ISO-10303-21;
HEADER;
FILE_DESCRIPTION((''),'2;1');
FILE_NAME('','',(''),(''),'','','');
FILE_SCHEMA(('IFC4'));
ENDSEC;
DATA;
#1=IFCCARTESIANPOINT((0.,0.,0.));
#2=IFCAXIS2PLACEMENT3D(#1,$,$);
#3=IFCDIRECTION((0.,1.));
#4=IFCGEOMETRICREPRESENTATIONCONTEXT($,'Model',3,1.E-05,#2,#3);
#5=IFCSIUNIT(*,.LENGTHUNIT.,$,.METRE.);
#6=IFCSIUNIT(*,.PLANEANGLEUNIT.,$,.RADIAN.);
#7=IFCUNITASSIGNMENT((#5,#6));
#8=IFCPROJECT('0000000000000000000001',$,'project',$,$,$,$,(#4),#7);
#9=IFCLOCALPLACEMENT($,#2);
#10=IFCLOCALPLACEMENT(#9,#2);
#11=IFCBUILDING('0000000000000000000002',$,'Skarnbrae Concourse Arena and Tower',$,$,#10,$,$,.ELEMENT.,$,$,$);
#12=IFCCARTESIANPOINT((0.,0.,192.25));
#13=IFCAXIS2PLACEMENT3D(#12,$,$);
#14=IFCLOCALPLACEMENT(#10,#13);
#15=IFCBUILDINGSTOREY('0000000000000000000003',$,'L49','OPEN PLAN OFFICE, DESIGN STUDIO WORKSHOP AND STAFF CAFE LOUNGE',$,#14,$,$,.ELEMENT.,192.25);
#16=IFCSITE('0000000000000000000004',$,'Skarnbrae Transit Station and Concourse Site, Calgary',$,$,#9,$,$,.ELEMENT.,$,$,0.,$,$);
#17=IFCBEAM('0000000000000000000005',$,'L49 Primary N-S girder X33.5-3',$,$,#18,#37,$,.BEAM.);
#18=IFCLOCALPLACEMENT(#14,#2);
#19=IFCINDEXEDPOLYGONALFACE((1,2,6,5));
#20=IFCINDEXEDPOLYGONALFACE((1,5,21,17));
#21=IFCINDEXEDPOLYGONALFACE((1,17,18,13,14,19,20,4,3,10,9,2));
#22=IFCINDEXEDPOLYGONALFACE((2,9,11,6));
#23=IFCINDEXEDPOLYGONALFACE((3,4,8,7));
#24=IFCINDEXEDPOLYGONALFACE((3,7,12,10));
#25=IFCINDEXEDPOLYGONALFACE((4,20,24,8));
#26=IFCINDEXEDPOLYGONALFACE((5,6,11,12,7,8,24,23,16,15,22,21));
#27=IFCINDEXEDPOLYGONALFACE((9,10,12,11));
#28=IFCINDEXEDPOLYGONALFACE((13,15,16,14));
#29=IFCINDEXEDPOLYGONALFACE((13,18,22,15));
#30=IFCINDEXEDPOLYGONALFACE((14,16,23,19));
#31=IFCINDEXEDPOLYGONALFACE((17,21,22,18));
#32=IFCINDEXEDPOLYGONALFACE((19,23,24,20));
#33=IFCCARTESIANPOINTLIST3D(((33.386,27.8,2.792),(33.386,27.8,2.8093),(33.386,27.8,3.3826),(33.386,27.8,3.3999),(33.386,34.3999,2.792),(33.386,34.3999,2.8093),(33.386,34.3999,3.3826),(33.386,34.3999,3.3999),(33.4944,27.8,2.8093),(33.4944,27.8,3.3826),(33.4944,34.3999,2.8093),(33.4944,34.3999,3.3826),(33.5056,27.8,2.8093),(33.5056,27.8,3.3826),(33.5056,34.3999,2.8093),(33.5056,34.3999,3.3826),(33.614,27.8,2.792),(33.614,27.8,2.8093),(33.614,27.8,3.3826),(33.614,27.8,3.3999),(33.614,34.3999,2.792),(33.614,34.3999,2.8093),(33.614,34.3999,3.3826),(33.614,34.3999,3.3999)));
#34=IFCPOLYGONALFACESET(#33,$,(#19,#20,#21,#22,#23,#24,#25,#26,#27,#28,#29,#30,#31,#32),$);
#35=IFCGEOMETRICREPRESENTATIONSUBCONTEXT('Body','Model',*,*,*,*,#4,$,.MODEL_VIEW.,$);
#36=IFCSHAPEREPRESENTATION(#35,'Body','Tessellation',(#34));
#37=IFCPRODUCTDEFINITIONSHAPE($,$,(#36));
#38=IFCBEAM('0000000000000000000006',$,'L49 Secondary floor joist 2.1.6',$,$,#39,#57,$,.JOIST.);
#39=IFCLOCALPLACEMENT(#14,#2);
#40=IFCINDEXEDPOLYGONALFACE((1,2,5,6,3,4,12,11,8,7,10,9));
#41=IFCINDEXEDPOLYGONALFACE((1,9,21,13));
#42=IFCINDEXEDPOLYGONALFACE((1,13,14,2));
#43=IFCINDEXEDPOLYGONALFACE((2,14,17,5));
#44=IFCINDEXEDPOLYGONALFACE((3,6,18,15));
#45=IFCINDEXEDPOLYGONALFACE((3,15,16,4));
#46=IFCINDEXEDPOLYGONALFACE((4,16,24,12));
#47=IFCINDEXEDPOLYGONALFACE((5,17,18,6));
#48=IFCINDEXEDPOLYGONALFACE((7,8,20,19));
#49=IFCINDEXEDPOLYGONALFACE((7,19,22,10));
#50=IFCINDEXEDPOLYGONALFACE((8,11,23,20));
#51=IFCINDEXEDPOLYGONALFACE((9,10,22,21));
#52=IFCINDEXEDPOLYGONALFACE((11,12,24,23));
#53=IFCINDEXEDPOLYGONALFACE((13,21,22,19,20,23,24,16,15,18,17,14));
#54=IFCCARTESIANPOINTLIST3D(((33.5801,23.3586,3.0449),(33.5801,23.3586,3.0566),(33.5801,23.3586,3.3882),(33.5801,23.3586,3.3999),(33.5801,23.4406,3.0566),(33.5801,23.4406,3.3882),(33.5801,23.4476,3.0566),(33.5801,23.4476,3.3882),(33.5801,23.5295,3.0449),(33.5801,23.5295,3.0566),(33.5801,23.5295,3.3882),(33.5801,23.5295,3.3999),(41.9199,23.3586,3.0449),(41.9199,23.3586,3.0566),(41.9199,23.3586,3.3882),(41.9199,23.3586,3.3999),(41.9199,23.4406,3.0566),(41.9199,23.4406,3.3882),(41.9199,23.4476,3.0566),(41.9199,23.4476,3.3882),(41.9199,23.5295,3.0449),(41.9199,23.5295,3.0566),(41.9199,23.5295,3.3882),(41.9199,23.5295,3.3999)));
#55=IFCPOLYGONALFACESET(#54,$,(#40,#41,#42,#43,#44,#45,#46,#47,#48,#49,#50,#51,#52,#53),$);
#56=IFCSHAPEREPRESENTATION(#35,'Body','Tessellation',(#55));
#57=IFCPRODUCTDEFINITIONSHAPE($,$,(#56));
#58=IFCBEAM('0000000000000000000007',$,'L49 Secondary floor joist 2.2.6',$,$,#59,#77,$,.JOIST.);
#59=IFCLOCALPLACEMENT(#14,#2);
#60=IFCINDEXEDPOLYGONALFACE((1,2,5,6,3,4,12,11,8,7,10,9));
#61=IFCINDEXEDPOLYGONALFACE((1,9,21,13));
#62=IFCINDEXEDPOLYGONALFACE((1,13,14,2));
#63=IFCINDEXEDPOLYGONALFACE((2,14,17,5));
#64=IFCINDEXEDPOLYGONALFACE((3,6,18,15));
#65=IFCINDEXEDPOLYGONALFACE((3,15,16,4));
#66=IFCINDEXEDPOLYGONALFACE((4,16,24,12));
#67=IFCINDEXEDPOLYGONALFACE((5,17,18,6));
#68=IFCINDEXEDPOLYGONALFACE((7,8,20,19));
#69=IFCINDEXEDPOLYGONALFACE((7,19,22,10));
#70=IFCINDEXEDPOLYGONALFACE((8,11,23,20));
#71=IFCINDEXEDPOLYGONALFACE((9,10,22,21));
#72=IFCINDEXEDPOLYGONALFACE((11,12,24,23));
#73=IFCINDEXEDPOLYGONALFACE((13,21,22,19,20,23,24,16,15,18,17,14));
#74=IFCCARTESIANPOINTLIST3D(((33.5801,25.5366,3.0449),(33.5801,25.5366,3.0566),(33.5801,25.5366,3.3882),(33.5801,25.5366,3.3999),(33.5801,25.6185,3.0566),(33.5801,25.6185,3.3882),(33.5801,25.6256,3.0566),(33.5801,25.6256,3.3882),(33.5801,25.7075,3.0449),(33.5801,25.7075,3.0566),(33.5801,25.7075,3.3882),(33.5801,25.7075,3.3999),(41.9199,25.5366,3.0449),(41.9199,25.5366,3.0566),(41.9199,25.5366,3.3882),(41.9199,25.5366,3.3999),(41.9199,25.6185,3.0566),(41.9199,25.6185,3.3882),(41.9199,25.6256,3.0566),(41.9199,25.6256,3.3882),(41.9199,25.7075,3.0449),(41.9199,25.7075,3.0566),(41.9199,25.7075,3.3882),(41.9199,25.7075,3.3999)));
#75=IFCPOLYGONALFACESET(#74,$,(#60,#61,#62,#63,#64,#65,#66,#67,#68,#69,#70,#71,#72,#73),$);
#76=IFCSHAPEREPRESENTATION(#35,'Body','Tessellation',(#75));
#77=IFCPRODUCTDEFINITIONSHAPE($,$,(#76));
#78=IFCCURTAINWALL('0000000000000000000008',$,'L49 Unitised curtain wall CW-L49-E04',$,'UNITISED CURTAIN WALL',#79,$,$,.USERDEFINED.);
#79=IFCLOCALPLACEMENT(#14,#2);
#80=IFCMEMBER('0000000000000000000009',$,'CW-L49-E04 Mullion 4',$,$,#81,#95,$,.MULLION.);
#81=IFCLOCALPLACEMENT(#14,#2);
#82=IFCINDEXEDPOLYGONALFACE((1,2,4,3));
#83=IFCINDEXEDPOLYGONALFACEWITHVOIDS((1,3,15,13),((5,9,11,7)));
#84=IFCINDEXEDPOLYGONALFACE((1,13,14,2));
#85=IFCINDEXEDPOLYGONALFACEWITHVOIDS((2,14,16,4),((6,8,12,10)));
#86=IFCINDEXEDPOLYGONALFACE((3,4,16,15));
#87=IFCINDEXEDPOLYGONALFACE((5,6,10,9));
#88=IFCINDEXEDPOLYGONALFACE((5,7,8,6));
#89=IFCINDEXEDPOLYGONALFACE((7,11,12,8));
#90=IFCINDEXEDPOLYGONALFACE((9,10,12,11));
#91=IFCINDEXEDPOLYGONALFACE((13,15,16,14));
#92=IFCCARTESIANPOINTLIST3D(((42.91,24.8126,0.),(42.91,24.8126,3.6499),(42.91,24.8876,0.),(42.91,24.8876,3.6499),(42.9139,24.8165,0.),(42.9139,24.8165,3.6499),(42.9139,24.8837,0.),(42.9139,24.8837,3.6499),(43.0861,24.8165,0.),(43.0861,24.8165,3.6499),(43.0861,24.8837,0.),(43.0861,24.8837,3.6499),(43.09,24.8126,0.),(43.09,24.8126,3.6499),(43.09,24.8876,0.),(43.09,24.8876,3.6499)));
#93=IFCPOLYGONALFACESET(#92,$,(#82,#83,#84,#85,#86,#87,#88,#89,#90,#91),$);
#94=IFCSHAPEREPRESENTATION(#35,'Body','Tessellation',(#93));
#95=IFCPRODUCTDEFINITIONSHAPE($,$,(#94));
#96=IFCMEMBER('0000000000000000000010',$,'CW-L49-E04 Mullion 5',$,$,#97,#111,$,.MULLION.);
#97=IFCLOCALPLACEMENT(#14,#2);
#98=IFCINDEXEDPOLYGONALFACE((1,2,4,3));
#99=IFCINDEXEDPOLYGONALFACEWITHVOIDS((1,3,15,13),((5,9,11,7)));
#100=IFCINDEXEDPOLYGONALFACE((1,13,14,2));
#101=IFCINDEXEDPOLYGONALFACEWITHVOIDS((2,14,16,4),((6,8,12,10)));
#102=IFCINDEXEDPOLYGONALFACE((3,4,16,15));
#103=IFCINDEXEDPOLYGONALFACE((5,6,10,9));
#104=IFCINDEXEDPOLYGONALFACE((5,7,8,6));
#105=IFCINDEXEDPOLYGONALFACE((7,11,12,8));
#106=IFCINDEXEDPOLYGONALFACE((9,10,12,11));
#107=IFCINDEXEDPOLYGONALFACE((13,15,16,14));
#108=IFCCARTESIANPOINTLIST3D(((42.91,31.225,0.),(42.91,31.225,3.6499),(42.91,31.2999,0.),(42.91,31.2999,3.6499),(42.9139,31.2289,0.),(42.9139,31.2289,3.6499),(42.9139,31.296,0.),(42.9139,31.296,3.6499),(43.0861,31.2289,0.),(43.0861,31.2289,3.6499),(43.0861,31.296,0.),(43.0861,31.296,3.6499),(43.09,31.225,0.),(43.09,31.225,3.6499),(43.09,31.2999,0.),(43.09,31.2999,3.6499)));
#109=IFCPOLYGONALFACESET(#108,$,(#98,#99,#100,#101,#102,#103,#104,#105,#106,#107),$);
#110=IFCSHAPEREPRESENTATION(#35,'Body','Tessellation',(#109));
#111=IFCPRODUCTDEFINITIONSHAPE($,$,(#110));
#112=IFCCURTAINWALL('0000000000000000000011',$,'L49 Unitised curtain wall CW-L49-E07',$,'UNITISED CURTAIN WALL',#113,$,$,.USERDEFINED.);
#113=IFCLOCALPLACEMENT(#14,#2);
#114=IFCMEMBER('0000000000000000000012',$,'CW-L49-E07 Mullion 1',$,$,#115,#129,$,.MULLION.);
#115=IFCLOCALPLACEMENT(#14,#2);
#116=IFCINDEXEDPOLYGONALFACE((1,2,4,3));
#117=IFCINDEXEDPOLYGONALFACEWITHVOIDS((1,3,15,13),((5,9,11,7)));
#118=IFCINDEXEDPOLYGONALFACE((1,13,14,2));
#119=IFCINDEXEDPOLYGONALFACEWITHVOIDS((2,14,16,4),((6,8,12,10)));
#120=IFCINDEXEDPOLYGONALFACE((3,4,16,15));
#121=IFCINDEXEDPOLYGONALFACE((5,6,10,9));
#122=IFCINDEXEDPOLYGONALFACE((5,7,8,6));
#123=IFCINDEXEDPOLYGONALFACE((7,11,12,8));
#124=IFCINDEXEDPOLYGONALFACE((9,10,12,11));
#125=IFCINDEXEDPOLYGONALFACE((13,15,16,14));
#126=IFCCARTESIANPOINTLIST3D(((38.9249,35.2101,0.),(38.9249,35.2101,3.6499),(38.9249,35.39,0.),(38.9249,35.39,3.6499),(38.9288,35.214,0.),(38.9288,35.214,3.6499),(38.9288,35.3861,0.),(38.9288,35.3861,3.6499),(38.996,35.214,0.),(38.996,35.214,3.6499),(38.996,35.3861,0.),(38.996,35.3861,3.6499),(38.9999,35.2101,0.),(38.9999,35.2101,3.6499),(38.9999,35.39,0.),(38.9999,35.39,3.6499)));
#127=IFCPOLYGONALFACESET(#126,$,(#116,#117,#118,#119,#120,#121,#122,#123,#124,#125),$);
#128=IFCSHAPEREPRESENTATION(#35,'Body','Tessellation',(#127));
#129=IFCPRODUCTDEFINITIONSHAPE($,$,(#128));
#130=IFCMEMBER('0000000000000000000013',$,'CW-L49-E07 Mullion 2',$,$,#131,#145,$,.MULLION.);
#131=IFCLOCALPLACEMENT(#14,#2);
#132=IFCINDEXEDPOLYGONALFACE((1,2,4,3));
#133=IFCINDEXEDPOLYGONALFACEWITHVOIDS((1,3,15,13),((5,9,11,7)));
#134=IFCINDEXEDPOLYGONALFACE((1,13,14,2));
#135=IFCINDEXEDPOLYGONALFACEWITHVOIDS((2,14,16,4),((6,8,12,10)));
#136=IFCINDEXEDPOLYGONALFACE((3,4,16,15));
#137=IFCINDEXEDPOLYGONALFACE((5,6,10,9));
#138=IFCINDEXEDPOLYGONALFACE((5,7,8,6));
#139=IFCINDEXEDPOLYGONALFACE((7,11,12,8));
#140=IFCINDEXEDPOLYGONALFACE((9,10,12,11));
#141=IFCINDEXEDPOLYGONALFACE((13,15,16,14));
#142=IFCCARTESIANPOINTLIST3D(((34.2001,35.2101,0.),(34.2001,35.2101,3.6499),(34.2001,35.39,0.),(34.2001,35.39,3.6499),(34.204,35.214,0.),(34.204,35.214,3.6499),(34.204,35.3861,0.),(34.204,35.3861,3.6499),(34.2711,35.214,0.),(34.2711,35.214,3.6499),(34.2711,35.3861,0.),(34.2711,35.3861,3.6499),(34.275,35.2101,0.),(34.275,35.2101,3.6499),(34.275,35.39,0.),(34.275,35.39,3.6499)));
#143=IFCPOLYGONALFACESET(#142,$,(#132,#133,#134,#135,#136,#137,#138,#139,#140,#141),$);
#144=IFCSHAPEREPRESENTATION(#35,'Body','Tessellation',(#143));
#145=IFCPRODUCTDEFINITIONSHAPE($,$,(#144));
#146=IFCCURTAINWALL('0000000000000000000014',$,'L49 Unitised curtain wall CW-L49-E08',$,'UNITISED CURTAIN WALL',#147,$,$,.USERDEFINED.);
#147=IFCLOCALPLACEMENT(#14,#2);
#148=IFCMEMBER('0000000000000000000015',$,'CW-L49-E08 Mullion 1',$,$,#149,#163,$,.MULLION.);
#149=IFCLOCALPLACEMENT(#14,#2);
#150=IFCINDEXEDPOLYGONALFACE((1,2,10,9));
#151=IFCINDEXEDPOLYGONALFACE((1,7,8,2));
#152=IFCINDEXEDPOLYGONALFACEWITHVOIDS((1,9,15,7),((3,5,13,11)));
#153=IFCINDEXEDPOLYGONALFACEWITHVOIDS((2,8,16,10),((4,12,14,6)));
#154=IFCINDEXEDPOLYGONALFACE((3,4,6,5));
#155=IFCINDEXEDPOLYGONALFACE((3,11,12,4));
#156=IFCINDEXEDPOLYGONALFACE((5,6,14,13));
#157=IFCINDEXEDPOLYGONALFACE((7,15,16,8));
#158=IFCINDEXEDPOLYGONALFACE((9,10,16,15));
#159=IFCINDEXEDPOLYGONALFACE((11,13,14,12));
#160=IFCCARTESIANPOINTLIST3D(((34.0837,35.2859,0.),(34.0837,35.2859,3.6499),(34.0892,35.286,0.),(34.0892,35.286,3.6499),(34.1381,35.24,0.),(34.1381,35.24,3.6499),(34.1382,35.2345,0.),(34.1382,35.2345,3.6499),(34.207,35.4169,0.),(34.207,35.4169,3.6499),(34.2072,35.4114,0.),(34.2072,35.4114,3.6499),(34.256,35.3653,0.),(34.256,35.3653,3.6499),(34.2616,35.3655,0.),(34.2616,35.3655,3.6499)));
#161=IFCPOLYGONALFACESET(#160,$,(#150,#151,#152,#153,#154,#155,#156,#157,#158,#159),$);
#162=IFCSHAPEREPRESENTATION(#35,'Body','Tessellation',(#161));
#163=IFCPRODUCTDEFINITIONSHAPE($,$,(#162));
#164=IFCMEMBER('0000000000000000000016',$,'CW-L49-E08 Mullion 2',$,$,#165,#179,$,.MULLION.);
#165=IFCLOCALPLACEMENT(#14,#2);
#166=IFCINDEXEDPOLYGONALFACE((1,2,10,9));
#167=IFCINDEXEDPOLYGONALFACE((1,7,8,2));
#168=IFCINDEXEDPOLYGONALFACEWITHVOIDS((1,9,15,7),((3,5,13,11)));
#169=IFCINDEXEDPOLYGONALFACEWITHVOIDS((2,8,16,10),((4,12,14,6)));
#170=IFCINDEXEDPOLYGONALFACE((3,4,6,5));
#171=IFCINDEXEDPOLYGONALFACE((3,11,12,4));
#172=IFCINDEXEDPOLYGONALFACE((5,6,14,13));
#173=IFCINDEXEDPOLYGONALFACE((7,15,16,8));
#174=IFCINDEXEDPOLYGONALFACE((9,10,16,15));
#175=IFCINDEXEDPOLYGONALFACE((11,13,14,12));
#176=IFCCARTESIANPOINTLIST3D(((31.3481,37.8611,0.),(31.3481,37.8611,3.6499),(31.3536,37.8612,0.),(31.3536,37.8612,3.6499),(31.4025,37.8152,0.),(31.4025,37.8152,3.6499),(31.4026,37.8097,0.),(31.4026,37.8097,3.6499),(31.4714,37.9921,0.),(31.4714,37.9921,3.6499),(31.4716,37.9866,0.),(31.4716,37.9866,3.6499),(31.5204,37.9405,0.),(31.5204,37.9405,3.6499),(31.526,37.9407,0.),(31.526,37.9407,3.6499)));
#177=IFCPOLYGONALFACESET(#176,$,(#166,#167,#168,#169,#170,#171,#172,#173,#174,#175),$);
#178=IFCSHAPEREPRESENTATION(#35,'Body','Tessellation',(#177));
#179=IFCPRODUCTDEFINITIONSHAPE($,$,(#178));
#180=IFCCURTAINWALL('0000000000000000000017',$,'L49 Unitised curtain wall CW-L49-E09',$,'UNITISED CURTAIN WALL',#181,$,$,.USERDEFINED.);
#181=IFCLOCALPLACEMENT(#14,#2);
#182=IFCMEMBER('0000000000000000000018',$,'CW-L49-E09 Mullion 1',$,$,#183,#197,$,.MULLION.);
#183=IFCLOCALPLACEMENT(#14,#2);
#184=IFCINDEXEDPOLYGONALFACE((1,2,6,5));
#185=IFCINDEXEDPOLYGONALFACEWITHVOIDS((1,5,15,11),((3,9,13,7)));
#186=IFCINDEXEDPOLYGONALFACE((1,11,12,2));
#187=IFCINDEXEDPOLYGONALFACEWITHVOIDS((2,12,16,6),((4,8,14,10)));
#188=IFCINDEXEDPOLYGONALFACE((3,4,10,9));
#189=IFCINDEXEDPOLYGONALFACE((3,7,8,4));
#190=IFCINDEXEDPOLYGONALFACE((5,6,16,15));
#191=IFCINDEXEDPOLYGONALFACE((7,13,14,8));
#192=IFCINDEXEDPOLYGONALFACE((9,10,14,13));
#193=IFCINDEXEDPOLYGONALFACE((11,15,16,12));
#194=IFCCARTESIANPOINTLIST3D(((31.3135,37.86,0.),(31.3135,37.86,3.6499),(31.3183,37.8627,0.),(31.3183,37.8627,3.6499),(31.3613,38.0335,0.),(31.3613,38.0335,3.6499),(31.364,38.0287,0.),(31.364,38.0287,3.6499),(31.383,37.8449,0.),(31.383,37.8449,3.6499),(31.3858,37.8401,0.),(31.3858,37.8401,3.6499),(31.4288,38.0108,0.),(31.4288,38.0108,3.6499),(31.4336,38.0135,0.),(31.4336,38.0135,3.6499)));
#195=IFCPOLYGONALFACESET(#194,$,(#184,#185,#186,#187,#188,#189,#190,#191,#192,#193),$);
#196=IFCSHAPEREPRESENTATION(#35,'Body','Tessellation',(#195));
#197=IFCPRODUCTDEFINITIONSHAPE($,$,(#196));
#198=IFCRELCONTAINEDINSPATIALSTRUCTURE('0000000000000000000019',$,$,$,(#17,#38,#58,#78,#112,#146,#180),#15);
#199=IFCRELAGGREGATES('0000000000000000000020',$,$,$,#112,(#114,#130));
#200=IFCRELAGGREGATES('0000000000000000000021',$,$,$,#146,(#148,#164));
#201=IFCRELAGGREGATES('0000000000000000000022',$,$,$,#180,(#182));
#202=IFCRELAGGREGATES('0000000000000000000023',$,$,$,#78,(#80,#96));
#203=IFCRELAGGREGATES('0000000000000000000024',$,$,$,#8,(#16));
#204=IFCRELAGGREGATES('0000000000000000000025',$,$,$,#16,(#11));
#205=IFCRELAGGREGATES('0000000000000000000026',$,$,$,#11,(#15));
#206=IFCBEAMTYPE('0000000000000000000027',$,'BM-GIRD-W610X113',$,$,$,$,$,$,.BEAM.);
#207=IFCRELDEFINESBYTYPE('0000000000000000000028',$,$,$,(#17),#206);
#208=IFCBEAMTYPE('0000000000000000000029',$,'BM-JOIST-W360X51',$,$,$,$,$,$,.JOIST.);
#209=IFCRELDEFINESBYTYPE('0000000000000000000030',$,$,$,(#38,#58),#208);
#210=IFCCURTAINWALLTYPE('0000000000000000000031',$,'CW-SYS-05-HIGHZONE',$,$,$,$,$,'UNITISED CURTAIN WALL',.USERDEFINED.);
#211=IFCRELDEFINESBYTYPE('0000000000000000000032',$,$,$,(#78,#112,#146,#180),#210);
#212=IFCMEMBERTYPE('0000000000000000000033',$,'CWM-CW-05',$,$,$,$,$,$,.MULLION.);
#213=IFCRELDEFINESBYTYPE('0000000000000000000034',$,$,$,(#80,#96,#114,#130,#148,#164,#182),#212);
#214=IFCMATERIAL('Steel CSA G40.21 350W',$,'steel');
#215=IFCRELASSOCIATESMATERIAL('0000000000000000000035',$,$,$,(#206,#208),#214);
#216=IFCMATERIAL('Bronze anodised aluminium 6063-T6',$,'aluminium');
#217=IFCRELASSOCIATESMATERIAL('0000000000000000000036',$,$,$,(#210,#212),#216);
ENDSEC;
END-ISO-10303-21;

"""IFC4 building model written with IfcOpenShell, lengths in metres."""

from ifc_helpers import new_model, si_unit, direction, frame, origin, origin_2d, place, context, subcontext, project, spatial, hollow_rectangle, i_section, extrude, source, transform, mapped, material, material_profile, profile_set, type_object, element, aggregate, save


model = new_model("IFC4")

# Units and contexts
model_context = context("Model", 3, precision=1e-05, world=origin(), true_north=direction((0.0, 1.0)))
body_context = subcontext(model_context, "Body", "Model", "MODEL_VIEW")
ifc_project = project(units=[si_unit("LENGTHUNIT", "METRE"), si_unit("PLANEANGLEUNIT", "RADIAN")], contexts=[model_context])

# Site, building, storey
site_placement = place(None, origin())
site = spatial("IfcSite", under=ifc_project, at=site_placement, Name="Skarnbrae Transit Station and Concourse Site, Calgary", CompositionType="ELEMENT", RefElevation=0.0)
building_placement = place(site_placement, origin())
building = spatial("IfcBuilding", under=site, at=building_placement, Name="Skarnbrae Concourse Arena and Tower", CompositionType="ELEMENT")
storey_placement = place(building_placement, frame((0.0, 0.0, 192.25)))
storey = spatial("IfcBuildingStorey", under=building, at=storey_placement, Name="L49", Description="OPEN PLAN OFFICE, DESIGN STUDIO WORKSHOP AND STAFF CAFE LOUNGE", CompositionType="ELEMENT", Elevation=192.25)

# Shared definitions
ifc_material_1 = material(Name="Steel CSA G40.21 350W", Category="steel")

# Beams
ifc_material_profile_1 = material_profile(ifc_material_1, i_section(OverallWidth=0.228, OverallDepth=0.6079, WebThickness=0.0112, FlangeThickness=0.0173, at=origin_2d()), Name="W610X113")
ifc_profile_set_1 = profile_set([ifc_material_profile_1], Name="Steel CSA G40.21 350W")
beam_type_1 = type_object("IfcBeamType", Name="BM-GIRD-W610X113", PredefinedType="BEAM", material=ifc_profile_set_1)
shared_shape_1 = source(origin(), body_context, "Body", "SweptSolid", [
    extrude(i_section(OverallWidth=0.228, OverallDepth=0.6079, WebThickness=0.0112, FlangeThickness=0.0173, at=origin_2d()), origin(), (0.0, 0.0, 1.0), 6.5999),
])
beam_1_placement = place(storey_placement, frame((33.5, 27.8, 3.0959), z_axis=(0.0, 1.0, 0.0), x_axis=(-1.0, 0.0, 0.0)))
element("IfcBeam", 1, at=beam_1_placement, inside=storey, type_object=beam_type_1, Name="L49 Primary N-S girder X33.5-3", PredefinedType="BEAM", context=body_context, shape_type="MappedRepresentation", body=[
    mapped(shared_shape_1, transform((0.0, 0.0, 0.0))),
])
ifc_material_profile_2 = material_profile(ifc_material_1, i_section(OverallWidth=0.1709, OverallDepth=0.355, WebThickness=0.0071, FlangeThickness=0.0117, at=origin_2d()), Name="W360X51")
ifc_profile_set_2 = profile_set([ifc_material_profile_2], Name="Steel CSA G40.21 350W")
beam_type_2 = type_object("IfcBeamType", Name="BM-JOIST-W360X51", PredefinedType="JOIST", material=ifc_profile_set_2)
shared_shape_2 = source(origin(), body_context, "Body", "SweptSolid", [
    extrude(i_section(OverallWidth=0.1709, OverallDepth=0.355, WebThickness=0.0071, FlangeThickness=0.0117, at=origin_2d()), origin(), (0.0, 0.0, 1.0), 8.3398),
])
for number, where, z_axis, x_axis, name in (
    (2, (33.5801, 23.4441, 3.2224), (1.0, 0.0, 0.0), (0.0, 1.0, 0.0), "L49 Secondary floor joist 2.1.6"),
    (3, (33.5801, 25.6221, 3.2224), (1.0, 0.0, 0.0), (0.0, 1.0, 0.0), "L49 Secondary floor joist 2.2.6"),
):
    element("IfcBeam", number, at=place(storey_placement, frame(where, z_axis=z_axis, x_axis=x_axis)), inside=storey, type_object=beam_type_2, Name=name, PredefinedType="JOIST", context=body_context, shape_type="MappedRepresentation", body=[
        mapped(shared_shape_2, transform((0.0, 0.0, 0.0))),
    ])

# Curtain walls, members
ifc_material_2 = material(Name="Bronze anodised aluminium 6063-T6", Category="aluminium")
curtain_wall_type = type_object("IfcCurtainWallType", Name="CW-SYS-05-HIGHZONE", ElementType="UNITISED CURTAIN WALL", PredefinedType="USERDEFINED", material=ifc_material_2)
curtain_wall_1_placement = place(storey_placement, origin())
curtain_wall_1 = element("IfcCurtainWall", 4, at=curtain_wall_1_placement, inside=storey, type_object=curtain_wall_type, Name="L49 Unitised curtain wall CW-L49-E04", ObjectType="UNITISED CURTAIN WALL", PredefinedType="USERDEFINED")
ifc_material_profile_3 = material_profile(ifc_material_2, hollow_rectangle(XDim=0.075, YDim=0.1799, WallThickness=0.0039, at=origin_2d()), Name="ALU-MULL-75X180")
ifc_profile_set_3 = profile_set([ifc_material_profile_3], Name="Bronze anodised aluminium 6063-T6")
member_type_1 = type_object("IfcMemberType", Name="CWM-CW-05", PredefinedType="MULLION", material=ifc_profile_set_3)
shared_shape_3 = source(origin(), body_context, "Body", "SweptSolid", [
    extrude(hollow_rectangle(XDim=0.075, YDim=0.1799, WallThickness=0.0039, at=origin_2d()), origin(), (0.0, 0.0, 1.0), 3.6499),
])
member_1_placement = place(storey_placement, frame((43.0, 24.8501, 0.0), z_axis=(0.0, 0.0, 1.0), x_axis=(0.0, 1.0, 0.0)))
member_1 = element("IfcMember", 5, at=member_1_placement, type_object=member_type_1, Name="CW-L49-E04 Mullion 4", PredefinedType="MULLION", context=body_context, shape_type="MappedRepresentation", body=[
    mapped(shared_shape_3, transform((0.0, 0.0, 0.0))),
])
member_2_placement = place(storey_placement, frame((43.0, 31.2625, 0.0), z_axis=(0.0, 0.0, 1.0), x_axis=(0.0, 1.0, 0.0)))
member_2 = element("IfcMember", 6, at=member_2_placement, type_object=member_type_1, Name="CW-L49-E04 Mullion 5", PredefinedType="MULLION", context=body_context, shape_type="MappedRepresentation", body=[
    mapped(shared_shape_3, transform((0.0, 0.0, 0.0))),
])
curtain_wall_2_placement = place(storey_placement, origin())
curtain_wall_2 = element("IfcCurtainWall", 7, at=curtain_wall_2_placement, inside=storey, type_object=curtain_wall_type, Name="L49 Unitised curtain wall CW-L49-E07", ObjectType="UNITISED CURTAIN WALL", PredefinedType="USERDEFINED")
member_3_placement = place(storey_placement, frame((38.9624, 35.3, 0.0), z_axis=(0.0, 0.0, 1.0), x_axis=(-1.0, 0.0, 0.0)))
member_3 = element("IfcMember", 8, at=member_3_placement, type_object=member_type_1, Name="CW-L49-E07 Mullion 1", PredefinedType="MULLION", context=body_context, shape_type="MappedRepresentation", body=[
    mapped(shared_shape_3, transform((0.0, 0.0, 0.0))),
])
member_4_placement = place(storey_placement, frame((34.2375, 35.3, 0.0), z_axis=(0.0, 0.0, 1.0), x_axis=(-1.0, 0.0, 0.0)))
member_4 = element("IfcMember", 9, at=member_4_placement, type_object=member_type_1, Name="CW-L49-E07 Mullion 2", PredefinedType="MULLION", context=body_context, shape_type="MappedRepresentation", body=[
    mapped(shared_shape_3, transform((0.0, 0.0, 0.0))),
])
curtain_wall_3_placement = place(storey_placement, origin())
curtain_wall_3 = element("IfcCurtainWall", 10, at=curtain_wall_3_placement, inside=storey, type_object=curtain_wall_type, Name="L49 Unitised curtain wall CW-L49-E08", ObjectType="UNITISED CURTAIN WALL", PredefinedType="USERDEFINED")
member_5_placement = place(storey_placement, frame((34.1726, 35.3257, 0.0), z_axis=(0.0, 0.0, 1.0), x_axis=(-0.728131, 0.685438, 0.0)))
member_5 = element("IfcMember", 11, at=member_5_placement, type_object=member_type_1, Name="CW-L49-E08 Mullion 1", PredefinedType="MULLION", context=body_context, shape_type="MappedRepresentation", body=[
    mapped(shared_shape_3, transform((0.0, 0.0, 0.0))),
])
member_6_placement = place(storey_placement, frame((31.437, 37.9009, 0.0), z_axis=(0.0, 0.0, 1.0), x_axis=(-0.728131, 0.685438, 0.0)))
member_6 = element("IfcMember", 12, at=member_6_placement, type_object=member_type_1, Name="CW-L49-E08 Mullion 2", PredefinedType="MULLION", context=body_context, shape_type="MappedRepresentation", body=[
    mapped(shared_shape_3, transform((0.0, 0.0, 0.0))),
])

# Curtain wall, member
curtain_wall_4_placement = place(storey_placement, origin())
curtain_wall_4 = element("IfcCurtainWall", 13, at=curtain_wall_4_placement, inside=storey, type_object=curtain_wall_type, Name="L49 Unitised curtain wall CW-L49-E09", ObjectType="UNITISED CURTAIN WALL", PredefinedType="USERDEFINED")
member_7_placement = place(storey_placement, frame((31.3735, 37.9368, 0.0), z_axis=(0.0, 0.0, 1.0), x_axis=(-0.964057, 0.265694, 0.0)))
member_7 = element("IfcMember", 14, at=member_7_placement, type_object=member_type_1, Name="CW-L49-E09 Mullion 1", PredefinedType="MULLION", context=body_context, shape_type="MappedRepresentation", body=[
    mapped(shared_shape_3, transform((0.0, 0.0, 0.0))),
])

aggregate(curtain_wall_2, [member_3, member_4])
aggregate(curtain_wall_3, [member_5, member_6])
aggregate(curtain_wall_4, [member_7])
aggregate(curtain_wall_1, [member_1, member_2])

save(model, "model.ifc")
